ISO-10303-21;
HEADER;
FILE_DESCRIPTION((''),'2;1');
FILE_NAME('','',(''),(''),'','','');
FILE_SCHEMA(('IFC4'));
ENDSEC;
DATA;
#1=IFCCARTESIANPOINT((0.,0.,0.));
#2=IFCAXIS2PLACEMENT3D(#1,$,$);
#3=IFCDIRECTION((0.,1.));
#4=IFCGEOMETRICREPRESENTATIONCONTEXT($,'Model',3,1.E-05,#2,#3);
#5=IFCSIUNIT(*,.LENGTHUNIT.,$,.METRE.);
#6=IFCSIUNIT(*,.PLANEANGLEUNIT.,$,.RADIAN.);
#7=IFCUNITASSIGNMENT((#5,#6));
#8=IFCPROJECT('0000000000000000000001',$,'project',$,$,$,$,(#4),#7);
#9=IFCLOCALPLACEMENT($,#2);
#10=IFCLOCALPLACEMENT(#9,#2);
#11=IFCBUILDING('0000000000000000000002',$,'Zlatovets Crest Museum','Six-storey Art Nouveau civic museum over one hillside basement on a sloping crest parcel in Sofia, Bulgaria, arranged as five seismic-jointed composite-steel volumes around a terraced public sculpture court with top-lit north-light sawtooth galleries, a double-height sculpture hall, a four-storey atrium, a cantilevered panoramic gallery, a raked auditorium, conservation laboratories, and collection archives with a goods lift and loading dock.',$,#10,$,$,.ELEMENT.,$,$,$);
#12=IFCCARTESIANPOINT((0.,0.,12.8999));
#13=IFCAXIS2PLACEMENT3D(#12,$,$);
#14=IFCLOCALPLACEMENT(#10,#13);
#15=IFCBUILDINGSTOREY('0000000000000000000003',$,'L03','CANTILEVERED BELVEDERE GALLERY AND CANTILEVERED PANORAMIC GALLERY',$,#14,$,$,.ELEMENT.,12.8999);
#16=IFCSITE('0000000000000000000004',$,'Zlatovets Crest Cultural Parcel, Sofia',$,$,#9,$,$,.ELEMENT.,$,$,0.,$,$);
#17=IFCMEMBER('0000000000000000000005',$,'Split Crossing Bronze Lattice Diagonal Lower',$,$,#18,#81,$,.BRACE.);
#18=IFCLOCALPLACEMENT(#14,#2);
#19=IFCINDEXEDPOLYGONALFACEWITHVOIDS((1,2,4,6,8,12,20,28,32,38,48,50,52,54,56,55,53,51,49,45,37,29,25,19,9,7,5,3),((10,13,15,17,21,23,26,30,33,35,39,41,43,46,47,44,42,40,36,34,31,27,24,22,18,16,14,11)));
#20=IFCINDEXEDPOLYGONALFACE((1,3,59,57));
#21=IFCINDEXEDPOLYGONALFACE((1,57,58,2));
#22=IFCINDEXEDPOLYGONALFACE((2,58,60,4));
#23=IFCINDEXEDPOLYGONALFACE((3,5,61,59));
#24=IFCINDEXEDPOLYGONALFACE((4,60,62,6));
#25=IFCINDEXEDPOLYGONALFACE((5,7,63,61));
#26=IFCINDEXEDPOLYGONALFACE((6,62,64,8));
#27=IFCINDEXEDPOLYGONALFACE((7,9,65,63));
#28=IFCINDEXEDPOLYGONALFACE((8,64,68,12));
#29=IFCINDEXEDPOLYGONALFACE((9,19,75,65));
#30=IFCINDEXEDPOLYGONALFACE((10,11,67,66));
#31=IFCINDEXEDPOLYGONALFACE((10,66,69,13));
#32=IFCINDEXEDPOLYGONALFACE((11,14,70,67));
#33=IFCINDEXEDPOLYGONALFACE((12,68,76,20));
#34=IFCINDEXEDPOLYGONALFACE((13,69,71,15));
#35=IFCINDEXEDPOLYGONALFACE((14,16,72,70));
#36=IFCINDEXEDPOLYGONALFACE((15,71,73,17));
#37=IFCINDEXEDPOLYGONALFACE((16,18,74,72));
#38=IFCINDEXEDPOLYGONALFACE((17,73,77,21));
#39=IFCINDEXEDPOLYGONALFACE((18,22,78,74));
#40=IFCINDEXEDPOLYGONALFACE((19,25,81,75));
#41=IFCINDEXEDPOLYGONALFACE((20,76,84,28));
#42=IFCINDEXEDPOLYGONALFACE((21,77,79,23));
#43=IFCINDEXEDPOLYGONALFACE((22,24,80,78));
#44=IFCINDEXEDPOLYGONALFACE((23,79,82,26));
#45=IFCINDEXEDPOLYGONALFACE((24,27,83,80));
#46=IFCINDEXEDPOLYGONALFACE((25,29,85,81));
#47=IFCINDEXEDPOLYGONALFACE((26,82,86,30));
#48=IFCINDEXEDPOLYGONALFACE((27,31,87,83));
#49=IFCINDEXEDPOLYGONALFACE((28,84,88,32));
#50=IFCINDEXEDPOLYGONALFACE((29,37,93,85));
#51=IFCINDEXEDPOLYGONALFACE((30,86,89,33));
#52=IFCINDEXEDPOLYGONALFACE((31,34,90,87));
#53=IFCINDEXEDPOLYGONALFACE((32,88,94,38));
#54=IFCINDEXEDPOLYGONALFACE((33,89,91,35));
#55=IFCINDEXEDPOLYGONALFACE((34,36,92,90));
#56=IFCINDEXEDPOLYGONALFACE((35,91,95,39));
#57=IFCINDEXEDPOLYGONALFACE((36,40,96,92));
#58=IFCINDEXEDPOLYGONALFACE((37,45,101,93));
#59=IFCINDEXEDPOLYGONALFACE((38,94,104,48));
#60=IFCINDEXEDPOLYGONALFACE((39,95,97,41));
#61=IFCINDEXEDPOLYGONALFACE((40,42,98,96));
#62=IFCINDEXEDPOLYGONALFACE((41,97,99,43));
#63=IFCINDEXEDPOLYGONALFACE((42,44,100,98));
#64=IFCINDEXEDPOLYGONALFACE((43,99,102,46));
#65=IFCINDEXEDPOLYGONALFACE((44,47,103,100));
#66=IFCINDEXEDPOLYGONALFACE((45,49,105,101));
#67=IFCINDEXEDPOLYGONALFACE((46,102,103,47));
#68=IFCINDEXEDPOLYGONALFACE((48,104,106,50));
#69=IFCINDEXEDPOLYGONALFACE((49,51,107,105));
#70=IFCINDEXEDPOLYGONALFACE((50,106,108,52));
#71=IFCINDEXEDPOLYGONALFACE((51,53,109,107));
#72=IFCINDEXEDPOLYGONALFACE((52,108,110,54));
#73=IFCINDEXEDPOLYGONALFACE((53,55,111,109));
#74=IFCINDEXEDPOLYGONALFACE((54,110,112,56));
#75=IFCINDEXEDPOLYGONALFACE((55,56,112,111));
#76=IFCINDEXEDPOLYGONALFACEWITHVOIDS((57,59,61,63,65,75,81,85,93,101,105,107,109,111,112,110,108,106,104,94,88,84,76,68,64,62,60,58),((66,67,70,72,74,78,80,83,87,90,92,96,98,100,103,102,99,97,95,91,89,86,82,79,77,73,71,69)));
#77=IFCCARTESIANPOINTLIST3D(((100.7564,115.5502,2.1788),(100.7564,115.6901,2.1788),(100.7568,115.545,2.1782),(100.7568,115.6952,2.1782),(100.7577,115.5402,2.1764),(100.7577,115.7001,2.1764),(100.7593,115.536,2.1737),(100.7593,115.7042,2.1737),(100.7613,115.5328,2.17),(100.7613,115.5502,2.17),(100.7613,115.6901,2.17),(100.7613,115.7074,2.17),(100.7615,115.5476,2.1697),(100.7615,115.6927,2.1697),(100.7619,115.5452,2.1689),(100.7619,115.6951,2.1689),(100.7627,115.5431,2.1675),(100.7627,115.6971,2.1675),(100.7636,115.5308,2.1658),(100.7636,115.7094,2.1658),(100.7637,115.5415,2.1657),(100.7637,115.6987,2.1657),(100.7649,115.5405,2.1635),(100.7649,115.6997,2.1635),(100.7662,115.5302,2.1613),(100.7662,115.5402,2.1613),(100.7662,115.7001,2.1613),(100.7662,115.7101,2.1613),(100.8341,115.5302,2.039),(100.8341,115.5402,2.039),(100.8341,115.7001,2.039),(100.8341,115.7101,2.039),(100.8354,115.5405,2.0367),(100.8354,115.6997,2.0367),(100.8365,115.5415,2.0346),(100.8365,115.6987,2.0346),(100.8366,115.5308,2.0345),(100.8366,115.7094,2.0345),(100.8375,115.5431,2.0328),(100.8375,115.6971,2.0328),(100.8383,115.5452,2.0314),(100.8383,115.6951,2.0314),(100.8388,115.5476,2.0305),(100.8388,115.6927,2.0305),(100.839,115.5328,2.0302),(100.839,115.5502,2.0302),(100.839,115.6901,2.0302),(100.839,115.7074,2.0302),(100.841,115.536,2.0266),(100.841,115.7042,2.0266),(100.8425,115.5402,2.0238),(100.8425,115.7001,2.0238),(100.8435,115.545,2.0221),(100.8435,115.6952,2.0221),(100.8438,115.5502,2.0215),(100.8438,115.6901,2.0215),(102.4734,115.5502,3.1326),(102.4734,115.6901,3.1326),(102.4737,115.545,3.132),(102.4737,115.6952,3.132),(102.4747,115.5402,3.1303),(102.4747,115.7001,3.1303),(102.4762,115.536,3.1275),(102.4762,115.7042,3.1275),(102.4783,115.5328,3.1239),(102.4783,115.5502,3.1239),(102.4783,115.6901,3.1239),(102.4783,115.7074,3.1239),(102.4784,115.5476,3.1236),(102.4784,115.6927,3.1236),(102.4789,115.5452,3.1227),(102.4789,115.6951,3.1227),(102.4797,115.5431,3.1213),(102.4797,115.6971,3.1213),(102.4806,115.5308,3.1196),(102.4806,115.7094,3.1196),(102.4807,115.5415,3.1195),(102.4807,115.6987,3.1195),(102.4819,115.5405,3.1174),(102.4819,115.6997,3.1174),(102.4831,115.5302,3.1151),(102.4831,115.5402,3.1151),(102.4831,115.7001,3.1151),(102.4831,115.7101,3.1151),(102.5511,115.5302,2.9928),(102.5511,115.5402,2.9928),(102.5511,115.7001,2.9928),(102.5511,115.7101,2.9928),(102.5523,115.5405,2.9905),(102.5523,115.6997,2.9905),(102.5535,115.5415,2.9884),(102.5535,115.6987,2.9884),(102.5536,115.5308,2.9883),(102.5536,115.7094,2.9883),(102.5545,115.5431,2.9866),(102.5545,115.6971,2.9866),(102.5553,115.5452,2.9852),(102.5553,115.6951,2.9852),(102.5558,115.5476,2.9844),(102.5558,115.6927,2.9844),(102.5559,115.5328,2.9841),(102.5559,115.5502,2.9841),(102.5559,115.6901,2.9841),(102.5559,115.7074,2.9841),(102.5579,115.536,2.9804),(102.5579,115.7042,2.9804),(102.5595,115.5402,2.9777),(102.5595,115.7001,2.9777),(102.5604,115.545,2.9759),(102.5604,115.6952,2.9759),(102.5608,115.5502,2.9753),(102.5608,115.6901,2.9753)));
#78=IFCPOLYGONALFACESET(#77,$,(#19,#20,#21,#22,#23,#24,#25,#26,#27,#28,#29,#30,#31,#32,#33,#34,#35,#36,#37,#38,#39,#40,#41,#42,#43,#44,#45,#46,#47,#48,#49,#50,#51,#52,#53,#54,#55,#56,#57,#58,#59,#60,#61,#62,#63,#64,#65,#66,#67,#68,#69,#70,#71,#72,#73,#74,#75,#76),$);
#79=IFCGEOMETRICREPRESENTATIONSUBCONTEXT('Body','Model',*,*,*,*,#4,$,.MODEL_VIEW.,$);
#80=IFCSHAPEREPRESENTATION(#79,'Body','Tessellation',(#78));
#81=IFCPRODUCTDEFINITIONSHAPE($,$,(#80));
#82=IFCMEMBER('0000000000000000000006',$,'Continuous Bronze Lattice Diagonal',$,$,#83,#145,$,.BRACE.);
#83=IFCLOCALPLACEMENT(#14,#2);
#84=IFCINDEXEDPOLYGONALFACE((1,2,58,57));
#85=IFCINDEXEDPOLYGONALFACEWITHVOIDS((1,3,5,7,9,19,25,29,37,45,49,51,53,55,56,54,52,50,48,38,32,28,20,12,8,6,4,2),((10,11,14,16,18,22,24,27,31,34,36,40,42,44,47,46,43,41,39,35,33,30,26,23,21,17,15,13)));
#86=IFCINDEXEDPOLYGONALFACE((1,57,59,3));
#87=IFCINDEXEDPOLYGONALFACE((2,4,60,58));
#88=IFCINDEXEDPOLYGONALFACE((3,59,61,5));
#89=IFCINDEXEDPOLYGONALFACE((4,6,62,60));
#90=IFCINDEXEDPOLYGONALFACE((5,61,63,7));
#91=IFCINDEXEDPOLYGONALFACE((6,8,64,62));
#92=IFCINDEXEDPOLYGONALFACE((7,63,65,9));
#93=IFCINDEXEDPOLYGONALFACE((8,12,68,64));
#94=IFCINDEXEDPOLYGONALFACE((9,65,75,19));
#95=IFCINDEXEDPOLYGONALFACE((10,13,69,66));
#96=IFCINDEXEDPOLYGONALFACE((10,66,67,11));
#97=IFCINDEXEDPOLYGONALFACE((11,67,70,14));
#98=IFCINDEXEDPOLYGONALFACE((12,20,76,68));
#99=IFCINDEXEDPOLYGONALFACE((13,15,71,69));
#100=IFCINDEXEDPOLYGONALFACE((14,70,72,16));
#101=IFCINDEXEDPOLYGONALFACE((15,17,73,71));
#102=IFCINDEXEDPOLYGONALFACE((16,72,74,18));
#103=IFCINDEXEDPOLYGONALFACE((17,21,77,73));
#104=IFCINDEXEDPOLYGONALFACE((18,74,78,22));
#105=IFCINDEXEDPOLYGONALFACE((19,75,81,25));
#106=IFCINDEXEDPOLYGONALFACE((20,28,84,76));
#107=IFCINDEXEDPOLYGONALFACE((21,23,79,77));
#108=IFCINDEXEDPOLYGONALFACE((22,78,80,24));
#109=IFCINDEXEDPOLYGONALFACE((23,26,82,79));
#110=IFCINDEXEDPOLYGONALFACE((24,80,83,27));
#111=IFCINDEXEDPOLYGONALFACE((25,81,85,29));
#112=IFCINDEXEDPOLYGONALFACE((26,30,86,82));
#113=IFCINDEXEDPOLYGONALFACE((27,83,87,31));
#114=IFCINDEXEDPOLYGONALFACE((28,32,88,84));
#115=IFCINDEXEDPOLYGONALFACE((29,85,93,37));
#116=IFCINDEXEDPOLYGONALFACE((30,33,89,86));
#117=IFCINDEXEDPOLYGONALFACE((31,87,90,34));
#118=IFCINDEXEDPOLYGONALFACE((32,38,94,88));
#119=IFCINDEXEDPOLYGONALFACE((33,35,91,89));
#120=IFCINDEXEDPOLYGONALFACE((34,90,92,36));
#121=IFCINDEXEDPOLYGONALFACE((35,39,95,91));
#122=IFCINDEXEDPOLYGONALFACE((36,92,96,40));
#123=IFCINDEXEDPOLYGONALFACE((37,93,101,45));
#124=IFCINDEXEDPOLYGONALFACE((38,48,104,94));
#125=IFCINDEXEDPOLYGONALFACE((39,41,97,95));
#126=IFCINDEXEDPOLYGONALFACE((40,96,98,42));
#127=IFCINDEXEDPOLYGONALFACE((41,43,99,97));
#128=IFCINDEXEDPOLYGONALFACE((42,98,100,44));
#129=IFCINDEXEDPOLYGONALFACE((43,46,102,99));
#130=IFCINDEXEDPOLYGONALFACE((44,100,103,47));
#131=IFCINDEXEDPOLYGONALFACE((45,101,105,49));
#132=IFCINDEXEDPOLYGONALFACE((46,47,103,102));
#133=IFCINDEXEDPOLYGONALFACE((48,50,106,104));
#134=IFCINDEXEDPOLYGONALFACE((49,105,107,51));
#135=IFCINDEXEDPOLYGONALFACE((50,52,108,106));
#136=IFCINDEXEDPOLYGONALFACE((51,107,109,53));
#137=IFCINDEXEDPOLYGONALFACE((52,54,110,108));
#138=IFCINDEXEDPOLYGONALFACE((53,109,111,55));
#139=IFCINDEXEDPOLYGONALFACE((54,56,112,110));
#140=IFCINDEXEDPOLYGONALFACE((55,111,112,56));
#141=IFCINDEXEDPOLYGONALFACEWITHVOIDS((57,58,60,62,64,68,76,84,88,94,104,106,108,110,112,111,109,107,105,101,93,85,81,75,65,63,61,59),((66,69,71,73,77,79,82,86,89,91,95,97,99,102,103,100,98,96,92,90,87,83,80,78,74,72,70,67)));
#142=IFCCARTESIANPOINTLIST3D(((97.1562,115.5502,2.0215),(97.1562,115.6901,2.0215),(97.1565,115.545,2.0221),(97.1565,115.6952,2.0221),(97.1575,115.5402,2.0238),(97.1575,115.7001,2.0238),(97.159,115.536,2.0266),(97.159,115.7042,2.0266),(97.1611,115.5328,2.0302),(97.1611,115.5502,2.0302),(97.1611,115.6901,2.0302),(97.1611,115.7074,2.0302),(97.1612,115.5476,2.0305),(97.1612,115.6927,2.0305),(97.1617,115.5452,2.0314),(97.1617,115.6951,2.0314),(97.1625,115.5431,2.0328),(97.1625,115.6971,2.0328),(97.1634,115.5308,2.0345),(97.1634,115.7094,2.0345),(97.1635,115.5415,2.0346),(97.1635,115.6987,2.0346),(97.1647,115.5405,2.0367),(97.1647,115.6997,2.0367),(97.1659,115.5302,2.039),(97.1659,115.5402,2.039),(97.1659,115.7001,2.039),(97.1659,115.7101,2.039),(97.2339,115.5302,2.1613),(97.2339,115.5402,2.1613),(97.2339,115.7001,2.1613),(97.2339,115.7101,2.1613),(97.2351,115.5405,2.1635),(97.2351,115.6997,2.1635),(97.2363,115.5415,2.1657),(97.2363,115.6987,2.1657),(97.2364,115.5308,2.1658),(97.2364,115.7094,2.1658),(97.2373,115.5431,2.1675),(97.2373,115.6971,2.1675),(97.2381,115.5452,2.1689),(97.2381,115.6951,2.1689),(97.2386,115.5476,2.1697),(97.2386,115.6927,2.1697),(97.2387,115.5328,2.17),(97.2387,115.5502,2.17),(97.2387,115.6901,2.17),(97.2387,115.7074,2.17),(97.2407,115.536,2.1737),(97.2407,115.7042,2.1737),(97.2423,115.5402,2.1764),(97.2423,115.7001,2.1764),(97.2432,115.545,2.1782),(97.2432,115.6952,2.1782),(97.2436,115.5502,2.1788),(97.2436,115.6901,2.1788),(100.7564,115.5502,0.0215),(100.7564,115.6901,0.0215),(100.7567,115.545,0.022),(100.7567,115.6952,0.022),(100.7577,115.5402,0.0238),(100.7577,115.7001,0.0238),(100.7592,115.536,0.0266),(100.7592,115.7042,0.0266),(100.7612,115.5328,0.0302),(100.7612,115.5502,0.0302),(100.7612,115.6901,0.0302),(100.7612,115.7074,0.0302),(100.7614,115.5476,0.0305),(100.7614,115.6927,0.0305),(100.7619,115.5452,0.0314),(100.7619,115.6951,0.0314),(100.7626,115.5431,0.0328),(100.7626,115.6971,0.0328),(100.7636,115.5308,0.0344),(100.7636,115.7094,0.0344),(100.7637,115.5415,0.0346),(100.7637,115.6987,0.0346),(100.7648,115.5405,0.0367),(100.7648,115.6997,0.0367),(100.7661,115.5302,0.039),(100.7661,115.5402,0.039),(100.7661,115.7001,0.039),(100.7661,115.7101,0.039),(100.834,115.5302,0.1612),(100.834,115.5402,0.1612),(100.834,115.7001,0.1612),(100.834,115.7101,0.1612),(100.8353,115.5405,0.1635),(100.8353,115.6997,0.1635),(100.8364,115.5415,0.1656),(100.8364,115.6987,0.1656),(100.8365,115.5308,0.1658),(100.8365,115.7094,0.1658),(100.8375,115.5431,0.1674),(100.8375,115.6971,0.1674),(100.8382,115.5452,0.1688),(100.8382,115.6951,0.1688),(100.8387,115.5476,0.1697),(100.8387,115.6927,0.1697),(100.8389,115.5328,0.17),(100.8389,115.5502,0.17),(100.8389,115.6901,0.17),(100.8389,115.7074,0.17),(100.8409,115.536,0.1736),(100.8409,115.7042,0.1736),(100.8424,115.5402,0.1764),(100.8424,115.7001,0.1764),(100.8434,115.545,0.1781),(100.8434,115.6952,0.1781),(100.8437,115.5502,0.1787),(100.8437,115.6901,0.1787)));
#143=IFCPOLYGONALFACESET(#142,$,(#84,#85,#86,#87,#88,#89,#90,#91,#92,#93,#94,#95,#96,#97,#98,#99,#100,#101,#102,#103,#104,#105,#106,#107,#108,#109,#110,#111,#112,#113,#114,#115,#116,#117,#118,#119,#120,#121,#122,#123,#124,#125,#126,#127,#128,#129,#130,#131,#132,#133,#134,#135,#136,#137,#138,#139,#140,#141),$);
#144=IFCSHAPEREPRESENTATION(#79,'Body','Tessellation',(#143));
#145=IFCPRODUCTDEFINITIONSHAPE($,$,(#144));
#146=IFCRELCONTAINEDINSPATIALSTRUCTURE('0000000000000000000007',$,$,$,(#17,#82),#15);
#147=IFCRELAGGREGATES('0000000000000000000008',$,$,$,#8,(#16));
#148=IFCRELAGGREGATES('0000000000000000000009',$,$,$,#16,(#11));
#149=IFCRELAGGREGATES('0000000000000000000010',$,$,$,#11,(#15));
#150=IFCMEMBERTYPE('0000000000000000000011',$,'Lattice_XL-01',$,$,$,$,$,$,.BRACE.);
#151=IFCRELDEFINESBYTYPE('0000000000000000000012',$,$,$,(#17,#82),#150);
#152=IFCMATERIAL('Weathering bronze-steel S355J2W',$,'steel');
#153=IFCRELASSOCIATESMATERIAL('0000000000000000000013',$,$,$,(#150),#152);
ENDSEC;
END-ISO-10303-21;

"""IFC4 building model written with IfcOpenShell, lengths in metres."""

from ifc_helpers import new_model, si_unit, direction, frame, origin, origin_2d, place, context, subcontext, project, spatial, hollow_rectangle, extrude, material, material_profile, profile_set, type_object, element, save


model = new_model("IFC4")

# Units and contexts
model_context = context("Model", 3, precision=1e-05, world=origin(), true_north=direction((0.0, 1.0)))
body_context = subcontext(model_context, "Body", "Model", "MODEL_VIEW")
ifc_project = project(units=[si_unit("LENGTHUNIT", "METRE"), si_unit("PLANEANGLEUNIT", "RADIAN")], contexts=[model_context])

# Site, building, storey
site_placement = place(None, origin())
site = spatial("IfcSite", under=ifc_project, at=site_placement, Name="Zlatovets Crest Cultural Parcel, Sofia", CompositionType="ELEMENT", RefElevation=0.0)
building_placement = place(site_placement, origin())
building = spatial("IfcBuilding", under=site, at=building_placement, Name="Zlatovets Crest Museum", Description="Six-storey Art Nouveau civic museum over one hillside basement on a sloping crest parcel in Sofia, Bulgaria, arranged as five seismic-jointed composite-steel volumes around a terraced public sculpture court with top-lit north-light sawtooth galleries, a double-height sculpture hall, a four-storey atrium, a cantilevered panoramic gallery, a raked auditorium, conservation laboratories, and collection archives with a goods lift and loading dock.", CompositionType="ELEMENT")
storey_placement = place(building_placement, frame((0.0, 0.0, 12.8999)))
storey = spatial("IfcBuildingStorey", under=building, at=storey_placement, Name="L03", Description="CANTILEVERED BELVEDERE GALLERY AND CANTILEVERED PANORAMIC GALLERY", CompositionType="ELEMENT", Elevation=12.8999)

# Members
ifc_material_1 = material(Name="Weathering bronze-steel S355J2W", Category="steel")
ifc_material_profile_1 = material_profile(ifc_material_1, hollow_rectangle(XDim=0.1799, YDim=0.1799, WallThickness=0.01, InnerFilletRadius=0.01, OuterFilletRadius=0.02, at=origin_2d()), Name="SHS 180x180x10.0")
ifc_profile_set_1 = profile_set([ifc_material_profile_1], Name="Weathering bronze-steel S355J2W")
member_type_1 = type_object("IfcMemberType", Name="Lattice_XL-01", PredefinedType="BRACE", material=ifc_profile_set_1)
for number, where, z_axis, x_axis, name in (
    (1, (102.5171, 115.6201, 3.054), (-0.874169, 0.0, -0.485622), (0.0, -1.0, 0.0), "Split Crossing Bronze Lattice Diagonal Lower"),
):
    element("IfcMember", number, at=place(storey_placement, frame(where, z_axis=z_axis, x_axis=x_axis)), inside=storey, type_object=member_type_1, Name=name, PredefinedType="BRACE", context=body_context, shape_type="SweptSolid", body=[
        extrude(hollow_rectangle(XDim=0.1799, YDim=0.1799, WallThickness=0.01, InnerFilletRadius=0.01, OuterFilletRadius=0.02, at=origin_2d()), origin(), (0.0, 0.0, 1.0), 1.9641),
    ])
member_1_placement = place(storey_placement, frame((100.8, 115.6201, 0.1001), z_axis=(-0.874163, 0.0, 0.485633), x_axis=(0.0, -1.0, 0.0)))
element("IfcMember", 2, at=member_1_placement, inside=storey, type_object=member_type_1, Name="Continuous Bronze Lattice Diagonal", PredefinedType="BRACE", context=body_context, shape_type="SweptSolid", body=[
    extrude(hollow_rectangle(XDim=0.1799, YDim=0.1799, WallThickness=0.01, InnerFilletRadius=0.01, OuterFilletRadius=0.02, at=origin_2d()), origin(), (0.0, 0.0, 1.0), 4.1184),
])

save(model, "model.ifc")
